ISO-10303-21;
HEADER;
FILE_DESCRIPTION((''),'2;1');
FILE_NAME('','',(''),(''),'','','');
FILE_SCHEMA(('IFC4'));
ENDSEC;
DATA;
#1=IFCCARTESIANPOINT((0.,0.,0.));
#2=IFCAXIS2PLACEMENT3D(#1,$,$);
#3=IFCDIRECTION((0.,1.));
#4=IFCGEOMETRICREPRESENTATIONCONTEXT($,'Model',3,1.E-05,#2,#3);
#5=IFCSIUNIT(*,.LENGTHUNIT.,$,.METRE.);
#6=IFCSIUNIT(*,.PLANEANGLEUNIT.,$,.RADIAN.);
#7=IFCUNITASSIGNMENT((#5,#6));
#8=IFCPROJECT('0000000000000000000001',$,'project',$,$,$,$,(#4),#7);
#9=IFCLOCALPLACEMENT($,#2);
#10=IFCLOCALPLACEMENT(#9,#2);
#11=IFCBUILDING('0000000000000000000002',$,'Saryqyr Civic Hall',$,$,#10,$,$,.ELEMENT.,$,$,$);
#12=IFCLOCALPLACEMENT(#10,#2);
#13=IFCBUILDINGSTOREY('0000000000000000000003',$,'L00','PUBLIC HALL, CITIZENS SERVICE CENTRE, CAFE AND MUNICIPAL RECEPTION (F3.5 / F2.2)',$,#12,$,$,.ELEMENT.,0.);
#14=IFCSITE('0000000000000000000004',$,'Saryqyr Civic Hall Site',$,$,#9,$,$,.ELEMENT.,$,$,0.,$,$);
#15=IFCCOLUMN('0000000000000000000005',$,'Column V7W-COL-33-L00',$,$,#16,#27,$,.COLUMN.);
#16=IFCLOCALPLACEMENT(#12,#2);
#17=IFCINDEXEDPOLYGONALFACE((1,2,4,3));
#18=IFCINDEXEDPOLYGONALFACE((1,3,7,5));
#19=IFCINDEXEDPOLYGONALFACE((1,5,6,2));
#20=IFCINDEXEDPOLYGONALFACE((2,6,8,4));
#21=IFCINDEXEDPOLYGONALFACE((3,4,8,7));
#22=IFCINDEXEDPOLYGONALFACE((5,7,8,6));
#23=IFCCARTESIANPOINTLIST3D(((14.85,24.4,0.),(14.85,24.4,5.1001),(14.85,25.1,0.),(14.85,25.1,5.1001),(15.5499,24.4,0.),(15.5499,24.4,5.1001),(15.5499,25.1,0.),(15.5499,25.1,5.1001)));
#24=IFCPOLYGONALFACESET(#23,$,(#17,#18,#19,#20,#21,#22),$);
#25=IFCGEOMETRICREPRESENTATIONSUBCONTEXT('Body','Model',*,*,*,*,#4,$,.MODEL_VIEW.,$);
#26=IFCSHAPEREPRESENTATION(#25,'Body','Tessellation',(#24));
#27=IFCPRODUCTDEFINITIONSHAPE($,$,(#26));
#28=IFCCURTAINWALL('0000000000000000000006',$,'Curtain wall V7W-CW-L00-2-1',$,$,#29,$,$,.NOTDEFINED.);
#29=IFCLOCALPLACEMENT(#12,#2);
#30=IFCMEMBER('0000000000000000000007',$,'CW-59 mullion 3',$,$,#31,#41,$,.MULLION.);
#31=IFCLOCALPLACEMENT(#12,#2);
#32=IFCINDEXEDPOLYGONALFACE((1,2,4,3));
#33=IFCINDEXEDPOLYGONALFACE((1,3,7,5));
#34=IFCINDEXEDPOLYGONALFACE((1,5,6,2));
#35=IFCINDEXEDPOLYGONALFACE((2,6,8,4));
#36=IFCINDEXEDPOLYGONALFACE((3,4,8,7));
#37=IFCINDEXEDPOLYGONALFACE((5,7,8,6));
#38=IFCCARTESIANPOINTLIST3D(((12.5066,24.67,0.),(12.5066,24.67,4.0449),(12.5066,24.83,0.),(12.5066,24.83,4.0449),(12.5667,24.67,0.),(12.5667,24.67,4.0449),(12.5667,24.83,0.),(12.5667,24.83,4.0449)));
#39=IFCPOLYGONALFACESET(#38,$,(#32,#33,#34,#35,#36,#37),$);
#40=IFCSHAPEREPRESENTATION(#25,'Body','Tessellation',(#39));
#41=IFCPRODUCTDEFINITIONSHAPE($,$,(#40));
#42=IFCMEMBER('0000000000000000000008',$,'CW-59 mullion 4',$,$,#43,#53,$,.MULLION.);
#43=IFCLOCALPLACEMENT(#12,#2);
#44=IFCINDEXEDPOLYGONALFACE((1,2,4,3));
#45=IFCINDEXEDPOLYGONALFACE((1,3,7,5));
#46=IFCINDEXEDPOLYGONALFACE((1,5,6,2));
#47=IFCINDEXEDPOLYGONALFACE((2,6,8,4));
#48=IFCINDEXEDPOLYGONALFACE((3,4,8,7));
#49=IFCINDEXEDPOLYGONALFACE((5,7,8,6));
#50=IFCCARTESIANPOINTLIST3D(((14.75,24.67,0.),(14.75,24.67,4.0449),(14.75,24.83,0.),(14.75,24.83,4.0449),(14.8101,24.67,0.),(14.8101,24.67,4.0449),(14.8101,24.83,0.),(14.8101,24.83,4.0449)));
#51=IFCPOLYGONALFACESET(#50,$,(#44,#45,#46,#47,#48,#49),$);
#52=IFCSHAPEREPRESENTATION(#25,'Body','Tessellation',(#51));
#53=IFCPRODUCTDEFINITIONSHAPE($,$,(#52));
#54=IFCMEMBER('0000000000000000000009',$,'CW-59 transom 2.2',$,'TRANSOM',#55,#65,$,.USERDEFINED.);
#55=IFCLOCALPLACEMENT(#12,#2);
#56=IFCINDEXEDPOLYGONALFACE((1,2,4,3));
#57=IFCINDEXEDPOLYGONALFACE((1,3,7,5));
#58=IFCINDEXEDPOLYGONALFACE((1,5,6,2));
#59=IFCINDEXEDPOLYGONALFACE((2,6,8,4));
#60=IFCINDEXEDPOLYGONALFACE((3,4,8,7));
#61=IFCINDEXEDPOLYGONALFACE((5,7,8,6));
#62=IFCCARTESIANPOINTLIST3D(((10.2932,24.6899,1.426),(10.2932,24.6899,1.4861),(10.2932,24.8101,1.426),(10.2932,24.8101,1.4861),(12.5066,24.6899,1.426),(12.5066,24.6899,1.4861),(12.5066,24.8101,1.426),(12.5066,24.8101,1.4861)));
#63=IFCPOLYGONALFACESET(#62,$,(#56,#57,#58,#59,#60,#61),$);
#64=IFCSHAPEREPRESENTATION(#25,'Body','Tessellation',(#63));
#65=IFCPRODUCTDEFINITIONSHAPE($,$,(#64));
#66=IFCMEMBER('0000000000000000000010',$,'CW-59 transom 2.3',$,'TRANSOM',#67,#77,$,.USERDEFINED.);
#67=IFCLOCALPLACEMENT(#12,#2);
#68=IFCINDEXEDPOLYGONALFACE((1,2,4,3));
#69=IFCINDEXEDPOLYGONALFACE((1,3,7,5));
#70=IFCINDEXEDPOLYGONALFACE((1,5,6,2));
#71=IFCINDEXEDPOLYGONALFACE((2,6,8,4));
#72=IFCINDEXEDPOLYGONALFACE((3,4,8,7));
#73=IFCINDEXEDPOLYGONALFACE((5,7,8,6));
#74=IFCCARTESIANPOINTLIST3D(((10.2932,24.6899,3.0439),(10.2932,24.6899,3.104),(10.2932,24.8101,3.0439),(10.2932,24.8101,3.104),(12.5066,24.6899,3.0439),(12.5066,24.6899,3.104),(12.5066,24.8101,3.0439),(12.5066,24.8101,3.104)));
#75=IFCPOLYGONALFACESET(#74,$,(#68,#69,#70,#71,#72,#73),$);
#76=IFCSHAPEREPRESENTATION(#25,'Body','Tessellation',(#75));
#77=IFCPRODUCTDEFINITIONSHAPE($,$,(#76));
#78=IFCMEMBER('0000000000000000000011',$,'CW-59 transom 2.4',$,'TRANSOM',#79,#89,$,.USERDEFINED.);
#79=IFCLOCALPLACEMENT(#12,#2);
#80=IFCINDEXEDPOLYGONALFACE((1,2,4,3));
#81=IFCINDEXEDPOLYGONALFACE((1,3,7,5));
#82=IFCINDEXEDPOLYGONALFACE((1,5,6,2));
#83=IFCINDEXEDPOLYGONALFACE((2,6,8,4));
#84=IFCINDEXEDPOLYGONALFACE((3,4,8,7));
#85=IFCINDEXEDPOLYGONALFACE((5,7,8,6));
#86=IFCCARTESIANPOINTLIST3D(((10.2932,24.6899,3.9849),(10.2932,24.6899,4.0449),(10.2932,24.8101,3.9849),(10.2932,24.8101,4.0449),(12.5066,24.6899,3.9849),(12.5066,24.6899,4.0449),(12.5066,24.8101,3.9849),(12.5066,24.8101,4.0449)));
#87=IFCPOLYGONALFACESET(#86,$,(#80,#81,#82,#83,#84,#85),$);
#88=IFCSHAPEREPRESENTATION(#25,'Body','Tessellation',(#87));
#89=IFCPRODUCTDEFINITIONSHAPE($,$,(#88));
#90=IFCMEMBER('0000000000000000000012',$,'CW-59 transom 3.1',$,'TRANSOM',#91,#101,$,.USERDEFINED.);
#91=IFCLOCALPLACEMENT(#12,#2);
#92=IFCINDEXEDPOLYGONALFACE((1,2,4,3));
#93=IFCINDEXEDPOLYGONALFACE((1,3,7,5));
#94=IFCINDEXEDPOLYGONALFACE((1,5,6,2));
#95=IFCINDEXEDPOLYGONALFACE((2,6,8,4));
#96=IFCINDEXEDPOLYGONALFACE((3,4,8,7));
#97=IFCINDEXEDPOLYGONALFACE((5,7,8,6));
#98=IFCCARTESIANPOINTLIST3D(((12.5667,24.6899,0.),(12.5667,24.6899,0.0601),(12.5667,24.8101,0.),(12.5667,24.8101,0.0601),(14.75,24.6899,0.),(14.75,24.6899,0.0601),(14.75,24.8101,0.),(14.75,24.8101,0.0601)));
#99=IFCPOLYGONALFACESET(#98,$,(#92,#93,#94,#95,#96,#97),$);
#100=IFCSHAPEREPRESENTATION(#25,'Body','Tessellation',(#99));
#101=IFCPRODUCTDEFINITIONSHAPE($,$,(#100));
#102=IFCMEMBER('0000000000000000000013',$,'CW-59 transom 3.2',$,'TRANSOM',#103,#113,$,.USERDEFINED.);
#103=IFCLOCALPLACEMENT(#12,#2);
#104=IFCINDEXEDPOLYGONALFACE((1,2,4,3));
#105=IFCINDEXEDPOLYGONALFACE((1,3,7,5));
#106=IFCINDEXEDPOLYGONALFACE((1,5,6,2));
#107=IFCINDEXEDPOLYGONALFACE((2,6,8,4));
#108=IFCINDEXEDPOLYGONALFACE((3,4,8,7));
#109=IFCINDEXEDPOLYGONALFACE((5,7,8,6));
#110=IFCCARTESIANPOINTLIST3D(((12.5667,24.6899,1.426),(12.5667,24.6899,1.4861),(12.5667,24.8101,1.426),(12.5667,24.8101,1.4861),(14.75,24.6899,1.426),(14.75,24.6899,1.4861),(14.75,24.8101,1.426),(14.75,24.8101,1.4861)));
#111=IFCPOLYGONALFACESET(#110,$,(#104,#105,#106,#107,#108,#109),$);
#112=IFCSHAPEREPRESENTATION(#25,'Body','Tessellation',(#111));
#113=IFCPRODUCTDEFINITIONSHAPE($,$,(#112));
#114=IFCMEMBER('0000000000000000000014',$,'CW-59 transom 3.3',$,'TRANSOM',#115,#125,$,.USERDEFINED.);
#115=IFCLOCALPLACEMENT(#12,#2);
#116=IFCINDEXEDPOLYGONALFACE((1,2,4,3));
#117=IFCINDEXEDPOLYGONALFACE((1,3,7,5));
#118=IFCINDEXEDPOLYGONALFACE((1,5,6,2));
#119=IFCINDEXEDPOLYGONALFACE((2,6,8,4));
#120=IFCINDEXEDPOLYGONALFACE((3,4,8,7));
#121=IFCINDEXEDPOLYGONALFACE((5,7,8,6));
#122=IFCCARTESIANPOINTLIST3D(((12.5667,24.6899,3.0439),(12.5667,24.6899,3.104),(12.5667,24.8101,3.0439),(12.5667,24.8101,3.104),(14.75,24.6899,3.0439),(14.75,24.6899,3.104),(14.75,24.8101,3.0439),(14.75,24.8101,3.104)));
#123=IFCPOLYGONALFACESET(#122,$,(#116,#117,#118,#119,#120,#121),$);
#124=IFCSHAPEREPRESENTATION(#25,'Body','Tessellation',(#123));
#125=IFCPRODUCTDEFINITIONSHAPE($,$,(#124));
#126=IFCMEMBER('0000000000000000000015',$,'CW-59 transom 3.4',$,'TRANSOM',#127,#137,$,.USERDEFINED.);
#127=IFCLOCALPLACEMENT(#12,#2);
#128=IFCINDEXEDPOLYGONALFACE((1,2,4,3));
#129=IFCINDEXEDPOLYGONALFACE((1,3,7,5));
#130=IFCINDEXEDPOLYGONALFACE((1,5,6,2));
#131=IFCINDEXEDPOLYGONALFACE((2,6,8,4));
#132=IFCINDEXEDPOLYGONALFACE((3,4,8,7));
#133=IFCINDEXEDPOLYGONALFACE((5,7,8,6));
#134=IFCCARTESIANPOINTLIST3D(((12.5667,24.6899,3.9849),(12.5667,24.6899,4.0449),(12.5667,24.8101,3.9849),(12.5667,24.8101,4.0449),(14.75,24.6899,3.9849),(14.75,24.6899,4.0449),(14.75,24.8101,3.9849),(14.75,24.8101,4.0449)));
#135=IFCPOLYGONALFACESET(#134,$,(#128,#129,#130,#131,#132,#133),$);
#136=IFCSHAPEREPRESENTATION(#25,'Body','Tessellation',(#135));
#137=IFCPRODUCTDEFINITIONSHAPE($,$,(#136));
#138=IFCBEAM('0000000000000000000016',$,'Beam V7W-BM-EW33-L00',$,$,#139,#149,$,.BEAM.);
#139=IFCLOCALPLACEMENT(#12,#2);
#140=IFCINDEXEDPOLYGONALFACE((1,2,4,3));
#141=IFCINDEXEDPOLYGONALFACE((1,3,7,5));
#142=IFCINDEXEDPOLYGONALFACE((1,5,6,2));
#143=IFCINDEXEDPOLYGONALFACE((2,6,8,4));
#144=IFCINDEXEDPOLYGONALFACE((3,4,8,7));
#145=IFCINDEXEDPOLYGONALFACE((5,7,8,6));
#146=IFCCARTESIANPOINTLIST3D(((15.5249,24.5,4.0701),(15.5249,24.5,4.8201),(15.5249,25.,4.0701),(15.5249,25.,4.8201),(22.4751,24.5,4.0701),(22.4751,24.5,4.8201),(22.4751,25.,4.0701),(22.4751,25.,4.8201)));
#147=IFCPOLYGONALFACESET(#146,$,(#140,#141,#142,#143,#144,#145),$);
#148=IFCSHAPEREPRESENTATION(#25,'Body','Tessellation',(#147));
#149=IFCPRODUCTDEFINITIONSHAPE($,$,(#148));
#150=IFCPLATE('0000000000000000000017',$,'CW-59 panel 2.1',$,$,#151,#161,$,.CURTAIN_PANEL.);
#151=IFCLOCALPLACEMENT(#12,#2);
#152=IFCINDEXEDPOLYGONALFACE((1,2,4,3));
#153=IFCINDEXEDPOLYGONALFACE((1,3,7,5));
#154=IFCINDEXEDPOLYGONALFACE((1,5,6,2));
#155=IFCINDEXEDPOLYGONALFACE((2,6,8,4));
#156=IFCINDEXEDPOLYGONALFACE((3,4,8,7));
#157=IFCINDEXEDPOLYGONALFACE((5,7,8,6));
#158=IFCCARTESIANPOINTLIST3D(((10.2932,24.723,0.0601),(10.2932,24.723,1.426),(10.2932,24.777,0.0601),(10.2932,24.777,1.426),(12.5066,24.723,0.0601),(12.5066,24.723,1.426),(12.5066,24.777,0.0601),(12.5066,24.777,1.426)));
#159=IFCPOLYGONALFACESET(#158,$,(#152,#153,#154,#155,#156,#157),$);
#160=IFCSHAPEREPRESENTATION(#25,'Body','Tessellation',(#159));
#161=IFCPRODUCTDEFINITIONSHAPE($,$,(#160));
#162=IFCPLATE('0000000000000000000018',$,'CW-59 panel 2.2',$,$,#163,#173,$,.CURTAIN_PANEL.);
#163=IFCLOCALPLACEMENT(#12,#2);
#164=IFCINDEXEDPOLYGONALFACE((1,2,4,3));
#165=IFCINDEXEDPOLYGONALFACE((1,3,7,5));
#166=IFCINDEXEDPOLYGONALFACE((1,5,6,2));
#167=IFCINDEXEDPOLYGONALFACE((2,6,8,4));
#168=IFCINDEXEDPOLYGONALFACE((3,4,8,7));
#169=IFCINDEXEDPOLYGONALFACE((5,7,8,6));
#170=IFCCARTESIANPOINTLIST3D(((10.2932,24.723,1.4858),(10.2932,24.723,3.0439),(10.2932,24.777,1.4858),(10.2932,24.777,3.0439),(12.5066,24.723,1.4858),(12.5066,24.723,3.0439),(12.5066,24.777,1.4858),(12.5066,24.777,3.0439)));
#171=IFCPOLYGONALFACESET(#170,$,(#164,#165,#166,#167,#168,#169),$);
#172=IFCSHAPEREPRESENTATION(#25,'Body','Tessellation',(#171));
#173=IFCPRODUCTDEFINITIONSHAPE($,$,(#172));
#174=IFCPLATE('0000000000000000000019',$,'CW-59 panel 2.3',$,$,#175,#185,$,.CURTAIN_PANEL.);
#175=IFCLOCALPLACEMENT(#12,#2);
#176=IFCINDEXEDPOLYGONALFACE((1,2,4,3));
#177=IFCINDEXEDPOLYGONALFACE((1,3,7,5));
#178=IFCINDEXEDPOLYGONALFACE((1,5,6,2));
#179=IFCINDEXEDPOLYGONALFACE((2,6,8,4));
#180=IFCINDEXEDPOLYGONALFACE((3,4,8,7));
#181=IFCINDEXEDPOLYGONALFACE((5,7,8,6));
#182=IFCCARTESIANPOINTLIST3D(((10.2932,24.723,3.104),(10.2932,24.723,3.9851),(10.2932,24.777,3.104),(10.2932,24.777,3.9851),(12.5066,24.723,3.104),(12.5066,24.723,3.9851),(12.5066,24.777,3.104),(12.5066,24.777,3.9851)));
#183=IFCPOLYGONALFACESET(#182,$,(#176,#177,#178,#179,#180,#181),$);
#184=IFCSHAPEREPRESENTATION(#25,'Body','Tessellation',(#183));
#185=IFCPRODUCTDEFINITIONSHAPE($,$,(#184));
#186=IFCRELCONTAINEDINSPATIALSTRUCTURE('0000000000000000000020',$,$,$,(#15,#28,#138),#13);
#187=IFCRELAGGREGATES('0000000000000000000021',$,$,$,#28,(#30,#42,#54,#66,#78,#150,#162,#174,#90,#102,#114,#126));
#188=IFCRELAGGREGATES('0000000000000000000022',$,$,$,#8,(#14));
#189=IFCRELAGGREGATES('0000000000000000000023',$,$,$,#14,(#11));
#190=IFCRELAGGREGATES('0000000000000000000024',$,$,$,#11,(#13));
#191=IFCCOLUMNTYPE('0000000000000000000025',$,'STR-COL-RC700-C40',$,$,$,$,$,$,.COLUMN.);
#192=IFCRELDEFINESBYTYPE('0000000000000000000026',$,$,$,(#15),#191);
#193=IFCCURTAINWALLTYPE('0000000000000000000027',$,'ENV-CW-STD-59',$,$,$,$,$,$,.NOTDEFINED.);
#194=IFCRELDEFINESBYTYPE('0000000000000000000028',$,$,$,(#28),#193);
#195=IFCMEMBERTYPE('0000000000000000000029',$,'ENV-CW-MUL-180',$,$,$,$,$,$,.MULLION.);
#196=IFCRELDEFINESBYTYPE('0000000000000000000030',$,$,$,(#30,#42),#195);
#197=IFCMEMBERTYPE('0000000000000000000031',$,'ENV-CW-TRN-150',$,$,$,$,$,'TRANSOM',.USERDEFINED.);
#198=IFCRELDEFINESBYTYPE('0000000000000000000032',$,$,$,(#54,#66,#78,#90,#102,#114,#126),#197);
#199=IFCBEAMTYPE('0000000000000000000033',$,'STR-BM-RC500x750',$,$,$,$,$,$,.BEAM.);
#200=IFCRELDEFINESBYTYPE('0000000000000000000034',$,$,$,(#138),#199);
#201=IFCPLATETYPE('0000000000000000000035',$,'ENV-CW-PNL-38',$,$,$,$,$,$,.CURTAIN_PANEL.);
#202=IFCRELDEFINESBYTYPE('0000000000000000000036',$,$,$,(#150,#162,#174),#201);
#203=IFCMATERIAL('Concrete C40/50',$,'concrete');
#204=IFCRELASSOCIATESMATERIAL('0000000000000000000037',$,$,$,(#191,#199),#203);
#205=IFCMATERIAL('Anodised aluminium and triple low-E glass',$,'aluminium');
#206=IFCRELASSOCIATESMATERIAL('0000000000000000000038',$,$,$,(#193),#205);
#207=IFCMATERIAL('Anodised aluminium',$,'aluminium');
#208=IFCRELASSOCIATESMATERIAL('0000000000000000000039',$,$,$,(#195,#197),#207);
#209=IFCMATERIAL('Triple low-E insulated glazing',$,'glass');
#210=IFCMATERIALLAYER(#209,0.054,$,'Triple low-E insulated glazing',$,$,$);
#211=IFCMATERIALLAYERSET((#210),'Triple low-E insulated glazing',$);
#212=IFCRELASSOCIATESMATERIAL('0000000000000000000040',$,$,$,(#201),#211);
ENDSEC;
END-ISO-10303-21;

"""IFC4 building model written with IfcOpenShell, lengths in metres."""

from ifc_helpers import new_model, si_unit, direction, frame, origin, origin_2d, place, context, subcontext, project, spatial, rectangle, extrude, material, layer, layer_set, material_profile, profile_set, type_object, element, aggregate, save


model = new_model("IFC4")

# Units and contexts
model_context = context("Model", 3, precision=1e-05, world=origin(), true_north=direction((0.0, 1.0)))
body_context = subcontext(model_context, "Body", "Model", "MODEL_VIEW")
ifc_project = project(units=[si_unit("LENGTHUNIT", "METRE"), si_unit("PLANEANGLEUNIT", "RADIAN")], contexts=[model_context])

# Site, building, storey
site_placement = place(None, origin())
site = spatial("IfcSite", under=ifc_project, at=site_placement, Name="Saryqyr Civic Hall Site", CompositionType="ELEMENT", RefElevation=0.0)
building_placement = place(site_placement, origin())
building = spatial("IfcBuilding", under=site, at=building_placement, Name="Saryqyr Civic Hall", CompositionType="ELEMENT")
storey_placement = place(building_placement, origin())
storey = spatial("IfcBuildingStorey", under=building, at=storey_placement, Name="L00", Description="PUBLIC HALL, CITIZENS SERVICE CENTRE, CAFE AND MUNICIPAL RECEPTION (F3.5 / F2.2)", CompositionType="ELEMENT", Elevation=0.0)

# Column
ifc_material_1 = material(Name="Concrete C40/50", Category="concrete")
ifc_material_profile_1 = material_profile(ifc_material_1, rectangle(XDim=0.7, YDim=0.7, at=origin_2d()), Name="RC 700x700")
ifc_profile_set_1 = profile_set([ifc_material_profile_1], Name="Concrete C40/50")
column_type = type_object("IfcColumnType", Name="STR-COL-RC700-C40", PredefinedType="COLUMN", material=ifc_profile_set_1)
column_placement = place(storey_placement, frame((15.2, 24.75, 0.0), z_axis=(0.0, 0.0, 1.0), x_axis=(1.0, 0.0, 0.0)))
element("IfcColumn", 1, at=column_placement, inside=storey, type_object=column_type, Name="Column V7W-COL-33-L00", PredefinedType="COLUMN", context=body_context, shape_type="SweptSolid", body=[
    extrude(rectangle(XDim=0.7, YDim=0.7, at=origin_2d()), origin(), (0.0, 0.0, 1.0), 5.1001),
])

# Curtain wall, members
ifc_material_2 = material(Name="Anodised aluminium and triple low-E glass", Category="aluminium")
curtain_wall_type = type_object("IfcCurtainWallType", Name="ENV-CW-STD-59", PredefinedType="NOTDEFINED", material=ifc_material_2)
curtain_wall_placement = place(storey_placement, origin())
curtain_wall = element("IfcCurtainWall", 2, at=curtain_wall_placement, inside=storey, type_object=curtain_wall_type, Name="Curtain wall V7W-CW-L00-2-1", PredefinedType="NOTDEFINED")
ifc_material_3 = material(Name="Anodised aluminium", Category="aluminium")
ifc_material_profile_2 = material_profile(ifc_material_3, rectangle(XDim=0.0601, YDim=0.1599, at=origin_2d()), Name="ALU MULLION 60x160")
ifc_profile_set_2 = profile_set([ifc_material_profile_2], Name="Anodised aluminium")
member_type_1 = type_object("IfcMemberType", Name="ENV-CW-MUL-180", PredefinedType="MULLION", material=ifc_profile_set_2)
member_1_placement = place(storey_placement, frame((12.5366, 24.75, 0.0), z_axis=(0.0, 0.0, 1.0), x_axis=(1.0, 0.0, 0.0)))
member_1 = element("IfcMember", 3, at=member_1_placement, type_object=member_type_1, Name="CW-59 mullion 3", PredefinedType="MULLION", context=body_context, shape_type="SweptSolid", body=[
    extrude(rectangle(XDim=0.0601, YDim=0.1599, at=origin_2d()), origin(), (0.0, 0.0, 1.0), 4.0449),
])
member_2_placement = place(storey_placement, frame((14.78, 24.75, 0.0), z_axis=(0.0, 0.0, 1.0), x_axis=(1.0, 0.0, 0.0)))
member_2 = element("IfcMember", 4, at=member_2_placement, type_object=member_type_1, Name="CW-59 mullion 4", PredefinedType="MULLION", context=body_context, shape_type="SweptSolid", body=[
    extrude(rectangle(XDim=0.0601, YDim=0.1599, at=origin_2d()), origin(), (0.0, 0.0, 1.0), 4.0449),
])
ifc_material_profile_3 = material_profile(ifc_material_3, rectangle(XDim=0.1201, YDim=0.0601, at=origin_2d()), Name="ALU TRANSOM 120x60")
ifc_profile_set_3 = profile_set([ifc_material_profile_3], Name="Anodised aluminium")
member_type_2 = type_object("IfcMemberType", Name="ENV-CW-TRN-150", ElementType="TRANSOM", PredefinedType="USERDEFINED", material=ifc_profile_set_3)
member_3_placement = place(storey_placement, frame((10.2932, 24.75, 1.4561), z_axis=(1.0, 0.0, 0.0), x_axis=(0.0, 1.0, 0.0)))
member_3 = element("IfcMember", 5, at=member_3_placement, type_object=member_type_2, Name="CW-59 transom 2.2", ObjectType="TRANSOM", PredefinedType="USERDEFINED", context=body_context, shape_type="SweptSolid", body=[
    extrude(rectangle(XDim=0.1201, YDim=0.0601, at=origin_2d()), origin(), (0.0, 0.0, 1.0), 2.2134),
])
member_4_placement = place(storey_placement, frame((10.2932, 24.75, 3.074), z_axis=(1.0, 0.0, 0.0), x_axis=(0.0, 1.0, 0.0)))
member_4 = element("IfcMember", 6, at=member_4_placement, type_object=member_type_2, Name="CW-59 transom 2.3", ObjectType="TRANSOM", PredefinedType="USERDEFINED", context=body_context, shape_type="SweptSolid", body=[
    extrude(rectangle(XDim=0.1201, YDim=0.0601, at=origin_2d()), origin(), (0.0, 0.0, 1.0), 2.2134),
])
member_5_placement = place(storey_placement, frame((10.2932, 24.75, 4.0149), z_axis=(1.0, 0.0, 0.0), x_axis=(0.0, 1.0, 0.0)))
member_5 = element("IfcMember", 7, at=member_5_placement, type_object=member_type_2, Name="CW-59 transom 2.4", ObjectType="TRANSOM", PredefinedType="USERDEFINED", context=body_context, shape_type="SweptSolid", body=[
    extrude(rectangle(XDim=0.1201, YDim=0.0601, at=origin_2d()), origin(), (0.0, 0.0, 1.0), 2.2134),
])
member_6_placement = place(storey_placement, frame((12.5667, 24.75, 0.03), z_axis=(1.0, 0.0, 0.0), x_axis=(0.0, 1.0, 0.0)))
member_6 = element("IfcMember", 8, at=member_6_placement, type_object=member_type_2, Name="CW-59 transom 3.1", ObjectType="TRANSOM", PredefinedType="USERDEFINED", context=body_context, shape_type="SweptSolid", body=[
    extrude(rectangle(XDim=0.1201, YDim=0.0601, at=origin_2d()), origin(), (0.0, 0.0, 1.0), 2.1833),
])
member_7_placement = place(storey_placement, frame((12.5667, 24.75, 1.4561), z_axis=(1.0, 0.0, 0.0), x_axis=(0.0, 1.0, 0.0)))
member_7 = element("IfcMember", 9, at=member_7_placement, type_object=member_type_2, Name="CW-59 transom 3.2", ObjectType="TRANSOM", PredefinedType="USERDEFINED", context=body_context, shape_type="SweptSolid", body=[
    extrude(rectangle(XDim=0.1201, YDim=0.0601, at=origin_2d()), origin(), (0.0, 0.0, 1.0), 2.1833),
])
member_8_placement = place(storey_placement, frame((12.5667, 24.75, 3.074), z_axis=(1.0, 0.0, 0.0), x_axis=(0.0, 1.0, 0.0)))
member_8 = element("IfcMember", 10, at=member_8_placement, type_object=member_type_2, Name="CW-59 transom 3.3", ObjectType="TRANSOM", PredefinedType="USERDEFINED", context=body_context, shape_type="SweptSolid", body=[
    extrude(rectangle(XDim=0.1201, YDim=0.0601, at=origin_2d()), origin(), (0.0, 0.0, 1.0), 2.1833),
])
member_9_placement = place(storey_placement, frame((12.5667, 24.75, 4.0149), z_axis=(1.0, 0.0, 0.0), x_axis=(0.0, 1.0, 0.0)))
member_9 = element("IfcMember", 11, at=member_9_placement, type_object=member_type_2, Name="CW-59 transom 3.4", ObjectType="TRANSOM", PredefinedType="USERDEFINED", context=body_context, shape_type="SweptSolid", body=[
    extrude(rectangle(XDim=0.1201, YDim=0.0601, at=origin_2d()), origin(), (0.0, 0.0, 1.0), 2.1833),
])

# Beam
ifc_material_profile_4 = material_profile(ifc_material_1, rectangle(XDim=0.5, YDim=0.75, at=origin_2d()), Name="RC 500x750")
ifc_profile_set_4 = profile_set([ifc_material_profile_4], Name="Concrete C40/50")
beam_type = type_object("IfcBeamType", Name="STR-BM-RC500x750", PredefinedType="BEAM", material=ifc_profile_set_4)
beam_placement = place(storey_placement, frame((15.5249, 24.75, 4.4451), z_axis=(1.0, 0.0, 0.0), x_axis=(0.0, 1.0, 0.0)))
element("IfcBeam", 12, at=beam_placement, inside=storey, type_object=beam_type, Name="Beam V7W-BM-EW33-L00", PredefinedType="BEAM", context=body_context, shape_type="SweptSolid", body=[
    extrude(rectangle(XDim=0.5, YDim=0.75, at=origin_2d()), origin(), (0.0, 0.0, 1.0), 6.9502),
])

# Plates
ifc_material_4 = material(Name="Triple low-E insulated glazing", Category="glass")
ifc_layer_1 = layer(ifc_material_4, 0.054, Name="Triple low-E insulated glazing")
ifc_layer_set_1 = layer_set([ifc_layer_1], Name="Triple low-E insulated glazing")
plate_type = type_object("IfcPlateType", Name="ENV-CW-PNL-38", PredefinedType="CURTAIN_PANEL", material=ifc_layer_set_1)
plate_1_placement = place(storey_placement, frame((11.3999, 24.75, 0.0601), z_axis=(0.0, 0.0, 1.0), x_axis=(1.0, 0.0, 0.0)))
plate_1 = element("IfcPlate", 13, at=plate_1_placement, type_object=plate_type, Name="CW-59 panel 2.1", PredefinedType="CURTAIN_PANEL", context=body_context, shape_type="SweptSolid", body=[
    extrude(rectangle(XDim=2.2134, YDim=0.054, at=origin_2d()), origin(), (0.0, 0.0, 1.0), 1.366),
])
plate_2_placement = place(storey_placement, frame((11.3999, 24.75, 1.4858), z_axis=(0.0, 0.0, 1.0), x_axis=(1.0, 0.0, 0.0)))
plate_2 = element("IfcPlate", 14, at=plate_2_placement, type_object=plate_type, Name="CW-59 panel 2.2", PredefinedType="CURTAIN_PANEL", context=body_context, shape_type="SweptSolid", body=[
    extrude(rectangle(XDim=2.2134, YDim=0.054, at=origin_2d()), origin(), (0.0, 0.0, 1.0), 1.5581),
])
plate_3_placement = place(storey_placement, frame((11.3999, 24.75, 3.104), z_axis=(0.0, 0.0, 1.0), x_axis=(1.0, 0.0, 0.0)))
plate_3 = element("IfcPlate", 15, at=plate_3_placement, type_object=plate_type, Name="CW-59 panel 2.3", PredefinedType="CURTAIN_PANEL", context=body_context, shape_type="SweptSolid", body=[
    extrude(rectangle(XDim=2.2134, YDim=0.054, at=origin_2d()), origin(), (0.0, 0.0, 1.0), 0.8811),
])
aggregate(curtain_wall, [member_1, member_2, member_3, member_4, member_5, plate_1, plate_2, plate_3, member_6, member_7, member_8, member_9])

save(model, "model.ifc")
